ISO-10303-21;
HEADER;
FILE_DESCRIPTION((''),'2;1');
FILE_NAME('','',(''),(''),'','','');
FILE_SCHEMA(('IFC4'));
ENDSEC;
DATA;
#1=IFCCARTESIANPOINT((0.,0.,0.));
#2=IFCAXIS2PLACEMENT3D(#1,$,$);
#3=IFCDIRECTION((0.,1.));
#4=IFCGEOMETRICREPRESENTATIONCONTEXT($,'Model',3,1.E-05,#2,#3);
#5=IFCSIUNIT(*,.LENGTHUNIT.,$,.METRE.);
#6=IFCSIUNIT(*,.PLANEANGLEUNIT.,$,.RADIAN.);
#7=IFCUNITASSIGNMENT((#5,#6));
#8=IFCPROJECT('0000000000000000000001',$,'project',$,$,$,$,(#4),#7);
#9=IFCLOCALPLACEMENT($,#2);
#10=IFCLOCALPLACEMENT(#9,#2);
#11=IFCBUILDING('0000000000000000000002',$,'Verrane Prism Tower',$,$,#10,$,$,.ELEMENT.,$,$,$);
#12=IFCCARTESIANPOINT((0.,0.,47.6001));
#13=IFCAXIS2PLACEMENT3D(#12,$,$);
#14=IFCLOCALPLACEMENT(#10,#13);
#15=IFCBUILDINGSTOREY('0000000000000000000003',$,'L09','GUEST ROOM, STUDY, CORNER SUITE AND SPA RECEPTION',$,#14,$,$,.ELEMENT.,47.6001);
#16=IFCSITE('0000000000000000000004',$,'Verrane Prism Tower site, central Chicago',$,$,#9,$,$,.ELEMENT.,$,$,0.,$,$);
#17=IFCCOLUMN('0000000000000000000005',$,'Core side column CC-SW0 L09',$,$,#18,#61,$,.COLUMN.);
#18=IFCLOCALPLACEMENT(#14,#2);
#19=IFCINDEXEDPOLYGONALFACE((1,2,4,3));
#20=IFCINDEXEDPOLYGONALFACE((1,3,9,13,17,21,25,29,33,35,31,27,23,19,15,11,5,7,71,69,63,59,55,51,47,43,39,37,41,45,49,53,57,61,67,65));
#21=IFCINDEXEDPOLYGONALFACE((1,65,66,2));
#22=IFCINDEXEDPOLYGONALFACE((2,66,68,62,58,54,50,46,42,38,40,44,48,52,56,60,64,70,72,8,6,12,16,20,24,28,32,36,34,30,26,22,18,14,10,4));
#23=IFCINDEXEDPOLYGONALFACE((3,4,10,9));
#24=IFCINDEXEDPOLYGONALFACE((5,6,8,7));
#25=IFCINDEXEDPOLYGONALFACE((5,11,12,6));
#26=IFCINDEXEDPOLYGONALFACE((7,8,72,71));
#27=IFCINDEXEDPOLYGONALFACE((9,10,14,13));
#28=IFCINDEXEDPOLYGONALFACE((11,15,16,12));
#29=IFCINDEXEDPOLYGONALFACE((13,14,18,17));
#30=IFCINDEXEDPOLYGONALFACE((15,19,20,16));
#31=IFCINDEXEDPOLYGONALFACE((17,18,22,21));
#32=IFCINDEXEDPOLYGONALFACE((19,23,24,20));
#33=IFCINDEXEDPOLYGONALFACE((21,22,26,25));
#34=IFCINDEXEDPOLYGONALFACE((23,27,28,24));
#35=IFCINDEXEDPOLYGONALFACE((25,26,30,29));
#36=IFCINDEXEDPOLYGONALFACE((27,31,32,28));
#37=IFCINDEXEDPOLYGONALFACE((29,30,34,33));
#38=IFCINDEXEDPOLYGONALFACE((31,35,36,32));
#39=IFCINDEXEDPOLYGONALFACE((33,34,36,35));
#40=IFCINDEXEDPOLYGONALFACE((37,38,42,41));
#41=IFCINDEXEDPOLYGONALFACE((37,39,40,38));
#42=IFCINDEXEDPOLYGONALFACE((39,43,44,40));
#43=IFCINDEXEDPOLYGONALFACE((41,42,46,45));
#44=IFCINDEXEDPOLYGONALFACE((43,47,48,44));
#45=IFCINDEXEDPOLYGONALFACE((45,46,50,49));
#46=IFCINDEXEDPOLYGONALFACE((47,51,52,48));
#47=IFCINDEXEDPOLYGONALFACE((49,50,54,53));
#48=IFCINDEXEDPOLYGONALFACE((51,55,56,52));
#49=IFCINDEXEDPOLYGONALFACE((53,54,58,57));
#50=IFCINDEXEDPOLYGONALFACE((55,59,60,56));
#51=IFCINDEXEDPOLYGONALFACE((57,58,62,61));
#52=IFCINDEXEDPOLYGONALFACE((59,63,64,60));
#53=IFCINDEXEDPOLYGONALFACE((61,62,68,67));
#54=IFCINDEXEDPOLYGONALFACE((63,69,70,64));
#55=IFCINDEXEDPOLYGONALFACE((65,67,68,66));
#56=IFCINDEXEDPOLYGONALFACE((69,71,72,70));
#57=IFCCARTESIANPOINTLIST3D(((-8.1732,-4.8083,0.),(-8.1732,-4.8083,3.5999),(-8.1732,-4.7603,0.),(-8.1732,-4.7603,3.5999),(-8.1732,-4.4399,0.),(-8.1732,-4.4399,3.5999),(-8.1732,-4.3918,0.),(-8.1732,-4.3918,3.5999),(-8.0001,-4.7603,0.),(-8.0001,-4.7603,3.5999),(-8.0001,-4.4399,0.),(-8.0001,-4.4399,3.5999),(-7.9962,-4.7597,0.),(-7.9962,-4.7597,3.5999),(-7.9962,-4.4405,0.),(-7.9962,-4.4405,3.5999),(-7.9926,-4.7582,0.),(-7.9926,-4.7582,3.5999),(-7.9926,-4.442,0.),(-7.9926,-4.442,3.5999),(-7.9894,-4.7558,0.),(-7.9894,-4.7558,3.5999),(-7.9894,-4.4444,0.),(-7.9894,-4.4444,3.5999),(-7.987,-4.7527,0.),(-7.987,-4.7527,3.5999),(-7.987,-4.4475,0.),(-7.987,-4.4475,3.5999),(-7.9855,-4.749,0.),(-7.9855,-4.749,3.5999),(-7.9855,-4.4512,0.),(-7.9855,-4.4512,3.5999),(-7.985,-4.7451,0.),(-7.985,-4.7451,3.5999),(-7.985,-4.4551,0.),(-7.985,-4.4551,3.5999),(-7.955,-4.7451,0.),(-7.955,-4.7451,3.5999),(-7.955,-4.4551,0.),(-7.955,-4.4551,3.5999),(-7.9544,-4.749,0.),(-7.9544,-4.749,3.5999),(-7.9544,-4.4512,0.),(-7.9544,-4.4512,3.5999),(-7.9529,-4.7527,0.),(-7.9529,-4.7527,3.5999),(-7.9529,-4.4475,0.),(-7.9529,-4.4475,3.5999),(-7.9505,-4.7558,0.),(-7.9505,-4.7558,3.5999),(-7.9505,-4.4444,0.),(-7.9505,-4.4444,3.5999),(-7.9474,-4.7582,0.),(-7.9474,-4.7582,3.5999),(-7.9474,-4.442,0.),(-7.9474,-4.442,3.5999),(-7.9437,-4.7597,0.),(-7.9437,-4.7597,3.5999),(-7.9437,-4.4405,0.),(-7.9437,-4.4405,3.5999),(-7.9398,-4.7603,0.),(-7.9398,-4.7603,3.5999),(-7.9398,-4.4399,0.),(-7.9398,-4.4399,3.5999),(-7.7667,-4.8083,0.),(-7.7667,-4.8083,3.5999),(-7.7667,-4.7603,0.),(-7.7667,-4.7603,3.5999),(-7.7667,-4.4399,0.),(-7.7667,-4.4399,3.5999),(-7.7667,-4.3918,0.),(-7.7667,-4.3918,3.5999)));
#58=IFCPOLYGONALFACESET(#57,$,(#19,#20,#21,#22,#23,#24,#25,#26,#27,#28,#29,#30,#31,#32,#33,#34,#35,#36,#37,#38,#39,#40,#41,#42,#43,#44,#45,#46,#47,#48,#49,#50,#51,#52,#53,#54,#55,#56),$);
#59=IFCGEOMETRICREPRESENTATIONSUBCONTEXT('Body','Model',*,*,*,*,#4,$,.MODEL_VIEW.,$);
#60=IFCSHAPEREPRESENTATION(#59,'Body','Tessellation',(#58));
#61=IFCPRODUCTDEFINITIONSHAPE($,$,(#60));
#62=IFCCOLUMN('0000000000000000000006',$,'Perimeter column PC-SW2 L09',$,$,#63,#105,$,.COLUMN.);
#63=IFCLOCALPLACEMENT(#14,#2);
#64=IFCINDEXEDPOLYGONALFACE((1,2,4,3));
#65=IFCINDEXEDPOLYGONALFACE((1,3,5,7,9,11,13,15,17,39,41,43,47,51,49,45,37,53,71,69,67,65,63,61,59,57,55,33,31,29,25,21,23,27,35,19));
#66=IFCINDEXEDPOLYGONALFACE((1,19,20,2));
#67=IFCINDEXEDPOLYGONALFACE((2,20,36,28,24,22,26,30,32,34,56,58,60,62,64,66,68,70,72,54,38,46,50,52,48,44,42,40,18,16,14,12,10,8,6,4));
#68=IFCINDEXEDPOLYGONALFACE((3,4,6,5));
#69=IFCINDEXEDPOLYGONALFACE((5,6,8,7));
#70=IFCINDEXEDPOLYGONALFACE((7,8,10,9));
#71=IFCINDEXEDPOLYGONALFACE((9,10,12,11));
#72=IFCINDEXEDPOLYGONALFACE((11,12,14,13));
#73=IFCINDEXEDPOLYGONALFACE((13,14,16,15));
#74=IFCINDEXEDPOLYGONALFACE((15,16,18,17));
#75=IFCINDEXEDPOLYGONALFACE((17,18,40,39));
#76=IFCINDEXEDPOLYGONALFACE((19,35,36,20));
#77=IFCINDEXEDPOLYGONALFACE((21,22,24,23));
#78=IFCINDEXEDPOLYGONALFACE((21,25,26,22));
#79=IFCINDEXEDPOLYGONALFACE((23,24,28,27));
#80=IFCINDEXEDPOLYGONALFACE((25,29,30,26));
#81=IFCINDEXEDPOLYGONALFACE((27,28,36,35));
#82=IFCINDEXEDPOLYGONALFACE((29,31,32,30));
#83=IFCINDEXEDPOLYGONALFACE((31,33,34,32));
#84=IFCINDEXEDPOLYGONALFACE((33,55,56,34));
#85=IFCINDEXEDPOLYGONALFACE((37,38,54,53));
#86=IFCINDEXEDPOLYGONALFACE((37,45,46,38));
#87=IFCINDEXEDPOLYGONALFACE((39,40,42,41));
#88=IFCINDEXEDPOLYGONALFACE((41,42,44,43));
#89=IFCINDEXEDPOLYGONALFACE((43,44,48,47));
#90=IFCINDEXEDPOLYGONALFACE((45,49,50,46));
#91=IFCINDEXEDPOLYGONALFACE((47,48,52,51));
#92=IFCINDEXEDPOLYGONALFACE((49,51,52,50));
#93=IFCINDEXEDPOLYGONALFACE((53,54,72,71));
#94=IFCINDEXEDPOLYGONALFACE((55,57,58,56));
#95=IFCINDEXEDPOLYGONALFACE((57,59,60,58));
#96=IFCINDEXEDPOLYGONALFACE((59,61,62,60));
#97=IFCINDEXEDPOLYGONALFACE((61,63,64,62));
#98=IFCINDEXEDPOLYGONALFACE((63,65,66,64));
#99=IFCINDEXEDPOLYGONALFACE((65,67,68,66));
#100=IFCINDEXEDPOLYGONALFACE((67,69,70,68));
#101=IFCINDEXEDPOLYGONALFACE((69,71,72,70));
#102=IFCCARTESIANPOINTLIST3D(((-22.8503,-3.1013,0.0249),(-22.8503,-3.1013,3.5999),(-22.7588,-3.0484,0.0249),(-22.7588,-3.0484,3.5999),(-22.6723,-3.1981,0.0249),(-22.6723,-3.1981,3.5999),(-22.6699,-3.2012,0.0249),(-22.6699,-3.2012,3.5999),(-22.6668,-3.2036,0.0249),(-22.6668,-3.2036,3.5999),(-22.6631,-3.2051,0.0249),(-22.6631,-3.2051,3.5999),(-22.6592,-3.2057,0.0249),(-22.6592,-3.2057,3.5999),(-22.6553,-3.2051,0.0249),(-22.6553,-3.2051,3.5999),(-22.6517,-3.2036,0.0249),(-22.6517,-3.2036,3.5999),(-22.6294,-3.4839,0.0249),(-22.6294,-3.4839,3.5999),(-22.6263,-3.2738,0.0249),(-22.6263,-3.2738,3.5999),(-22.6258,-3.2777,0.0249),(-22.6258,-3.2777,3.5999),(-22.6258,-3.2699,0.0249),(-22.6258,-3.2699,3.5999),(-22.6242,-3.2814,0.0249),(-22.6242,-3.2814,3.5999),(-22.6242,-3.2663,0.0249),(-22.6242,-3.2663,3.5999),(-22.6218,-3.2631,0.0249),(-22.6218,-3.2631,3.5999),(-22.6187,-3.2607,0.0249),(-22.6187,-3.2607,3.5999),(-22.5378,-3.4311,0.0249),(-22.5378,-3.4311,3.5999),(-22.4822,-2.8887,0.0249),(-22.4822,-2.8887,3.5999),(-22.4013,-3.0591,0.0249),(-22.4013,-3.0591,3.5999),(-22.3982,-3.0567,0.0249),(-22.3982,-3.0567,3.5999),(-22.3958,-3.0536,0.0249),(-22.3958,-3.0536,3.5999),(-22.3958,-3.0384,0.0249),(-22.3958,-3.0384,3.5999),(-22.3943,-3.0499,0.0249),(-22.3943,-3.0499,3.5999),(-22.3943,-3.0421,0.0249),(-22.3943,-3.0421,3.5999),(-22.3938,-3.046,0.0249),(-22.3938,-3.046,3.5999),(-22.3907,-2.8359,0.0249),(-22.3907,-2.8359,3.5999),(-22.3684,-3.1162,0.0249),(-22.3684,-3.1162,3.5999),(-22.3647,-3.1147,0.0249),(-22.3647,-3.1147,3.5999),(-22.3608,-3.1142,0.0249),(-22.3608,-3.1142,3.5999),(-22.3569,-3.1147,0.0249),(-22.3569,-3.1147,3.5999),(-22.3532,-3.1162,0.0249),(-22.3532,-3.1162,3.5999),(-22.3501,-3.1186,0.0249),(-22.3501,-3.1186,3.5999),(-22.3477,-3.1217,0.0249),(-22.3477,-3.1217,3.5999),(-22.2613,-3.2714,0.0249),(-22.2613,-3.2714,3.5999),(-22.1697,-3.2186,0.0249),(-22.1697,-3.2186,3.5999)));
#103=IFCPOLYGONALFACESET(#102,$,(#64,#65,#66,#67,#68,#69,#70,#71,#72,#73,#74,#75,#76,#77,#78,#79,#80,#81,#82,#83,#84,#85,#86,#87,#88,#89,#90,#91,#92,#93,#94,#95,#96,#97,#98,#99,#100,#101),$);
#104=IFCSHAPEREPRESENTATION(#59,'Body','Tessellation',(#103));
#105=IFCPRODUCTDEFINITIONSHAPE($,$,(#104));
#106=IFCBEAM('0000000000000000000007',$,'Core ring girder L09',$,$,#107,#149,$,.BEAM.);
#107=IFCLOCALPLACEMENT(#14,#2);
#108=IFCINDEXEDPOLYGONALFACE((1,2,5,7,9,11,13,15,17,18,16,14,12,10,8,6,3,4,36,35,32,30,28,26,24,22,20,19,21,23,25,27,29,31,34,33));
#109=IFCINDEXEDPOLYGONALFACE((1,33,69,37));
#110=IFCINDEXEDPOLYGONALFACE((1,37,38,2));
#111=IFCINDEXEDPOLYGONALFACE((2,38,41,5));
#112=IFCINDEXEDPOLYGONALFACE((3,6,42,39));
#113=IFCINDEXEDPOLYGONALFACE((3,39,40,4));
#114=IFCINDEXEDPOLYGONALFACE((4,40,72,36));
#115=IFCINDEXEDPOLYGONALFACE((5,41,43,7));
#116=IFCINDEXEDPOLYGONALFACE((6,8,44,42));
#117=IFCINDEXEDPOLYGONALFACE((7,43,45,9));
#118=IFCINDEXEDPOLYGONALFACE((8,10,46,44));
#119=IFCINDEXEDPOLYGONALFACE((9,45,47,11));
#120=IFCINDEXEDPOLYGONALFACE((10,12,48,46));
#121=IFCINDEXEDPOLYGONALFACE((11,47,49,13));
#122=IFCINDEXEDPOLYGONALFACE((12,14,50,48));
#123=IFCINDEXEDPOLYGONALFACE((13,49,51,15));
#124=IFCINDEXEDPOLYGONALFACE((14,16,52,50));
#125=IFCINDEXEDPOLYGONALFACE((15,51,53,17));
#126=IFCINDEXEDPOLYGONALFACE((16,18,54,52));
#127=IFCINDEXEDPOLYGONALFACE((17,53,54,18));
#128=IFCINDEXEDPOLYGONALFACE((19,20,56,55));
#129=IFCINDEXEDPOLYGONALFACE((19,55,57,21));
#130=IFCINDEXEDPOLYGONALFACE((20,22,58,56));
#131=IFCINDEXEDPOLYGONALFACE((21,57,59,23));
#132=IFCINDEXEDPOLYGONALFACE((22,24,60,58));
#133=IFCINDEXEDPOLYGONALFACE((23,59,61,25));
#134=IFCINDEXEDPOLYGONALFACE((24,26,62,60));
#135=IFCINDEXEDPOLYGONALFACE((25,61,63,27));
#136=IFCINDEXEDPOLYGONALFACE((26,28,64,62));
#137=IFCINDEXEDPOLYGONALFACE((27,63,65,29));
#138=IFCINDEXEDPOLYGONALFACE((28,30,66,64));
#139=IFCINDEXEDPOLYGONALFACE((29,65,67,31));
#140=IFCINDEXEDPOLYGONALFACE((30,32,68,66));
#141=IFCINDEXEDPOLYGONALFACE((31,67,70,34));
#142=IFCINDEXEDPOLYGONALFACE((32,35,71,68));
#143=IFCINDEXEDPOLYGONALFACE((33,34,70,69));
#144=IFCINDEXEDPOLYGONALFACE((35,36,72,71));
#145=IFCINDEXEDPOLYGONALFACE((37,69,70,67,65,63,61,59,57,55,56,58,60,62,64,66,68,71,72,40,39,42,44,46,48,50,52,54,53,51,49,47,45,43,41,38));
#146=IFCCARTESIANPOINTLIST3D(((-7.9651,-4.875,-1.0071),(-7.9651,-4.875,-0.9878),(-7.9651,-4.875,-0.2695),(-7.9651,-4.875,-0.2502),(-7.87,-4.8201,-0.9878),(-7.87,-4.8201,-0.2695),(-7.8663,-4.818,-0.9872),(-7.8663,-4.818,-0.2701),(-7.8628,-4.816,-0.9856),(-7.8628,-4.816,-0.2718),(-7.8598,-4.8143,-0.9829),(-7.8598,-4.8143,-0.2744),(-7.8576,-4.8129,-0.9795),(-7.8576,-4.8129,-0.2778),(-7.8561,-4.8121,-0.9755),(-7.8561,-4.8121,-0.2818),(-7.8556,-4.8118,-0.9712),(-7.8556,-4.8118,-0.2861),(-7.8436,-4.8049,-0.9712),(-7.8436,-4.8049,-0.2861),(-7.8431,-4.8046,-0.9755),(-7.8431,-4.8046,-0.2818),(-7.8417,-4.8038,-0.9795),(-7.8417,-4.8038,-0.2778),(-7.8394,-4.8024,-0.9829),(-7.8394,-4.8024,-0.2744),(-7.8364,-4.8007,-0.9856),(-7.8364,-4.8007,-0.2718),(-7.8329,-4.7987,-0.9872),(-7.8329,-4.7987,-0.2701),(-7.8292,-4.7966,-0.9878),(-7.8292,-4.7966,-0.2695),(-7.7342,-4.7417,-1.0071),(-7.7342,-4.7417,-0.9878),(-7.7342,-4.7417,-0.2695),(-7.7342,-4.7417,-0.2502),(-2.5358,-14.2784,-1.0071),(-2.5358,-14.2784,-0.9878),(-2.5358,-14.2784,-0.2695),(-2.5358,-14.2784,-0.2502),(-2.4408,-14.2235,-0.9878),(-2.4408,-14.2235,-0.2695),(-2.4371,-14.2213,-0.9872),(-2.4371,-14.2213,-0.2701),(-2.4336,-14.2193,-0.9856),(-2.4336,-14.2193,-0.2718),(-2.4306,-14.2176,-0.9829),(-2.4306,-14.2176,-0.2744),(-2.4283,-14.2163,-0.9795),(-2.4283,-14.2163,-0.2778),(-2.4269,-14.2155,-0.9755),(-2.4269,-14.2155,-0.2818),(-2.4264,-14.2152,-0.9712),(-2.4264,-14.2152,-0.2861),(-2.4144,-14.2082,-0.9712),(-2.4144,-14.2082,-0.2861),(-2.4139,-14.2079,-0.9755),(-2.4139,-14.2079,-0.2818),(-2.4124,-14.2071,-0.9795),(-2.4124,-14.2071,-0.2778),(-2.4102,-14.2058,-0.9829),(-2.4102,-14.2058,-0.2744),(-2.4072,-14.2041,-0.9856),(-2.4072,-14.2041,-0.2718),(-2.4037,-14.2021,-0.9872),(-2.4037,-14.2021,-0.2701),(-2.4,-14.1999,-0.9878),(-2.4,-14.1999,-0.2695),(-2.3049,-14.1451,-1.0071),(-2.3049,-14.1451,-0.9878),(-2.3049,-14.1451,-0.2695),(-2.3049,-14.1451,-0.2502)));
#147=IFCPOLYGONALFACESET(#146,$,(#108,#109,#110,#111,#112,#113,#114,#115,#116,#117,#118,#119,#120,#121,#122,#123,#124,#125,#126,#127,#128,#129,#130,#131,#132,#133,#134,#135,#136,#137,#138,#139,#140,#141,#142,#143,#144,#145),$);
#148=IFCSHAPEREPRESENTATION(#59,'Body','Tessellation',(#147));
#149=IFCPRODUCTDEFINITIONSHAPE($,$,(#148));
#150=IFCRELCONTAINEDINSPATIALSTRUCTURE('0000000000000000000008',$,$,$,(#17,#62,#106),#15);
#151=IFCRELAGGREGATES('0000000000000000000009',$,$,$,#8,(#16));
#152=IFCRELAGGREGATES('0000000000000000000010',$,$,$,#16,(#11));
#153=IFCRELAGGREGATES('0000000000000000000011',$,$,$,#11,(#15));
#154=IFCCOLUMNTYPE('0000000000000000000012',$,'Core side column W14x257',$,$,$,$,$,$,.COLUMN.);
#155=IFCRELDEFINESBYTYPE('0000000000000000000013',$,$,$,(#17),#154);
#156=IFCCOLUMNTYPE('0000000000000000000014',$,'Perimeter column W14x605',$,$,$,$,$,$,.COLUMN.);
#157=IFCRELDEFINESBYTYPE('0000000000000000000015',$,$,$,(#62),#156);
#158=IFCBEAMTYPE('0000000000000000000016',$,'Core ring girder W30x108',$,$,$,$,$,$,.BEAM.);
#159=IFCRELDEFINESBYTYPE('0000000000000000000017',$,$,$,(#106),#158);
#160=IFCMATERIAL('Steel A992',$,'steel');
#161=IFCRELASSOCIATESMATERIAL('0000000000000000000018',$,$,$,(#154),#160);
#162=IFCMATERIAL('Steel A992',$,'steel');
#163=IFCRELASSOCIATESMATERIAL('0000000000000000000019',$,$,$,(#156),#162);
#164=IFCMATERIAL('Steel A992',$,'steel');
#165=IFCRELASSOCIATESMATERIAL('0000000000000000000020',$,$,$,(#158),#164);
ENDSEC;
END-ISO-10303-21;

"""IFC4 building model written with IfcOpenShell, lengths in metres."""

from ifc_helpers import new_model, si_unit, direction, frame, origin, origin_2d, place, context, subcontext, project, spatial, i_section, extrude, material, material_profile, profile_set, type_object, element, save


model = new_model("IFC4")

# Units and contexts
model_context = context("Model", 3, precision=1e-05, world=origin(), true_north=direction((0.0, 1.0)))
body_context = subcontext(model_context, "Body", "Model", "MODEL_VIEW")
ifc_project = project(units=[si_unit("LENGTHUNIT", "METRE"), si_unit("PLANEANGLEUNIT", "RADIAN")], contexts=[model_context])

# Site, building, storey
site_placement = place(None, origin())
site = spatial("IfcSite", under=ifc_project, at=site_placement, Name="Verrane Prism Tower site, central Chicago", CompositionType="ELEMENT", RefElevation=0.0)
building_placement = place(site_placement, origin())
building = spatial("IfcBuilding", under=site, at=building_placement, Name="Verrane Prism Tower", CompositionType="ELEMENT")
storey_placement = place(building_placement, frame((0.0, 0.0, 47.6001)))
storey = spatial("IfcBuildingStorey", under=building, at=storey_placement, Name="L09", Description="GUEST ROOM, STUDY, CORNER SUITE AND SPA RECEPTION", CompositionType="ELEMENT", Elevation=47.6001)

# Columns
ifc_material_1 = material(Name="Steel A992", Category="steel")
ifc_material_profile_1 = material_profile(ifc_material_1, i_section(OverallWidth=0.4065, OverallDepth=0.4165, WebThickness=0.03, FlangeThickness=0.0481, FilletRadius=0.0151, at=origin_2d()), Name="W14x257")
ifc_profile_set_1 = profile_set([ifc_material_profile_1], Name="Steel A992")
column_type_1 = type_object("IfcColumnType", Name="Core side column W14x257", PredefinedType="COLUMN", material=ifc_profile_set_1)
column_1_placement = place(storey_placement, frame((-7.97, -4.6001, 0.0), z_axis=(0.0, 0.0, 1.0), x_axis=(1.0, 0.0, 0.0)))
element("IfcColumn", 1, at=column_1_placement, inside=storey, type_object=column_type_1, Name="Core side column CC-SW0 L09", PredefinedType="COLUMN", context=body_context, shape_type="SweptSolid", body=[
    extrude(i_section(OverallWidth=0.4065, OverallDepth=0.4165, WebThickness=0.03, FlangeThickness=0.0481, FilletRadius=0.0151, at=origin_2d()), origin(), (0.0, 0.0, 1.0), 3.5999),
])
ifc_material_2 = material(Name="Steel A992", Category="steel")
ifc_material_profile_2 = material_profile(ifc_material_2, i_section(OverallWidth=0.4419, OverallDepth=0.5308, WebThickness=0.0659, FlangeThickness=0.1057, FilletRadius=0.0151, at=origin_2d()), Name="W14x605")
ifc_profile_set_2 = profile_set([ifc_material_profile_2], Name="Steel A992")
column_type_2 = type_object("IfcColumnType", Name="Perimeter column W14x605", PredefinedType="COLUMN", material=ifc_profile_set_2)
column_2_placement = place(storey_placement, frame((-22.51, -3.1599, 0.0249), z_axis=(0.0, 0.0, 1.0), x_axis=(-0.5, 0.866025, 0.0)))
element("IfcColumn", 2, at=column_2_placement, inside=storey, type_object=column_type_2, Name="Perimeter column PC-SW2 L09", PredefinedType="COLUMN", context=body_context, shape_type="SweptSolid", body=[
    extrude(i_section(OverallWidth=0.4419, OverallDepth=0.5308, WebThickness=0.0659, FlangeThickness=0.1057, FilletRadius=0.0151, at=origin_2d()), origin(), (0.0, 0.0, 1.0), 3.575),
])

# Beam
ifc_material_3 = material(Name="Steel A992", Category="steel")
ifc_material_profile_3 = material_profile(ifc_material_3, i_section(OverallWidth=0.2666, OverallDepth=0.7568, WebThickness=0.0139, FlangeThickness=0.0193, FilletRadius=0.0166, at=origin_2d()), Name="W30x108")
ifc_profile_set_3 = profile_set([ifc_material_profile_3], Name="Steel A992")
beam_type_1 = type_object("IfcBeamType", Name="Core ring girder W30x108", PredefinedType="BEAM", material=ifc_profile_set_3)
beam_1_placement = place(storey_placement, frame((-7.8496, -4.8083, -0.6287), z_axis=(0.500013, -0.866018, 0.0), x_axis=(0.866018, 0.500013, 0.0)))
element("IfcBeam", 3, at=beam_1_placement, inside=storey, type_object=beam_type_1, Name="Core ring girder L09", PredefinedType="BEAM", context=body_context, shape_type="SweptSolid", body=[
    extrude(i_section(OverallWidth=0.2666, OverallDepth=0.7568, WebThickness=0.0139, FlangeThickness=0.0193, FilletRadius=0.0166, at=origin_2d()), origin(), (0.0, 0.0, 1.0), 10.8582),
])

save(model, "model.ifc")
